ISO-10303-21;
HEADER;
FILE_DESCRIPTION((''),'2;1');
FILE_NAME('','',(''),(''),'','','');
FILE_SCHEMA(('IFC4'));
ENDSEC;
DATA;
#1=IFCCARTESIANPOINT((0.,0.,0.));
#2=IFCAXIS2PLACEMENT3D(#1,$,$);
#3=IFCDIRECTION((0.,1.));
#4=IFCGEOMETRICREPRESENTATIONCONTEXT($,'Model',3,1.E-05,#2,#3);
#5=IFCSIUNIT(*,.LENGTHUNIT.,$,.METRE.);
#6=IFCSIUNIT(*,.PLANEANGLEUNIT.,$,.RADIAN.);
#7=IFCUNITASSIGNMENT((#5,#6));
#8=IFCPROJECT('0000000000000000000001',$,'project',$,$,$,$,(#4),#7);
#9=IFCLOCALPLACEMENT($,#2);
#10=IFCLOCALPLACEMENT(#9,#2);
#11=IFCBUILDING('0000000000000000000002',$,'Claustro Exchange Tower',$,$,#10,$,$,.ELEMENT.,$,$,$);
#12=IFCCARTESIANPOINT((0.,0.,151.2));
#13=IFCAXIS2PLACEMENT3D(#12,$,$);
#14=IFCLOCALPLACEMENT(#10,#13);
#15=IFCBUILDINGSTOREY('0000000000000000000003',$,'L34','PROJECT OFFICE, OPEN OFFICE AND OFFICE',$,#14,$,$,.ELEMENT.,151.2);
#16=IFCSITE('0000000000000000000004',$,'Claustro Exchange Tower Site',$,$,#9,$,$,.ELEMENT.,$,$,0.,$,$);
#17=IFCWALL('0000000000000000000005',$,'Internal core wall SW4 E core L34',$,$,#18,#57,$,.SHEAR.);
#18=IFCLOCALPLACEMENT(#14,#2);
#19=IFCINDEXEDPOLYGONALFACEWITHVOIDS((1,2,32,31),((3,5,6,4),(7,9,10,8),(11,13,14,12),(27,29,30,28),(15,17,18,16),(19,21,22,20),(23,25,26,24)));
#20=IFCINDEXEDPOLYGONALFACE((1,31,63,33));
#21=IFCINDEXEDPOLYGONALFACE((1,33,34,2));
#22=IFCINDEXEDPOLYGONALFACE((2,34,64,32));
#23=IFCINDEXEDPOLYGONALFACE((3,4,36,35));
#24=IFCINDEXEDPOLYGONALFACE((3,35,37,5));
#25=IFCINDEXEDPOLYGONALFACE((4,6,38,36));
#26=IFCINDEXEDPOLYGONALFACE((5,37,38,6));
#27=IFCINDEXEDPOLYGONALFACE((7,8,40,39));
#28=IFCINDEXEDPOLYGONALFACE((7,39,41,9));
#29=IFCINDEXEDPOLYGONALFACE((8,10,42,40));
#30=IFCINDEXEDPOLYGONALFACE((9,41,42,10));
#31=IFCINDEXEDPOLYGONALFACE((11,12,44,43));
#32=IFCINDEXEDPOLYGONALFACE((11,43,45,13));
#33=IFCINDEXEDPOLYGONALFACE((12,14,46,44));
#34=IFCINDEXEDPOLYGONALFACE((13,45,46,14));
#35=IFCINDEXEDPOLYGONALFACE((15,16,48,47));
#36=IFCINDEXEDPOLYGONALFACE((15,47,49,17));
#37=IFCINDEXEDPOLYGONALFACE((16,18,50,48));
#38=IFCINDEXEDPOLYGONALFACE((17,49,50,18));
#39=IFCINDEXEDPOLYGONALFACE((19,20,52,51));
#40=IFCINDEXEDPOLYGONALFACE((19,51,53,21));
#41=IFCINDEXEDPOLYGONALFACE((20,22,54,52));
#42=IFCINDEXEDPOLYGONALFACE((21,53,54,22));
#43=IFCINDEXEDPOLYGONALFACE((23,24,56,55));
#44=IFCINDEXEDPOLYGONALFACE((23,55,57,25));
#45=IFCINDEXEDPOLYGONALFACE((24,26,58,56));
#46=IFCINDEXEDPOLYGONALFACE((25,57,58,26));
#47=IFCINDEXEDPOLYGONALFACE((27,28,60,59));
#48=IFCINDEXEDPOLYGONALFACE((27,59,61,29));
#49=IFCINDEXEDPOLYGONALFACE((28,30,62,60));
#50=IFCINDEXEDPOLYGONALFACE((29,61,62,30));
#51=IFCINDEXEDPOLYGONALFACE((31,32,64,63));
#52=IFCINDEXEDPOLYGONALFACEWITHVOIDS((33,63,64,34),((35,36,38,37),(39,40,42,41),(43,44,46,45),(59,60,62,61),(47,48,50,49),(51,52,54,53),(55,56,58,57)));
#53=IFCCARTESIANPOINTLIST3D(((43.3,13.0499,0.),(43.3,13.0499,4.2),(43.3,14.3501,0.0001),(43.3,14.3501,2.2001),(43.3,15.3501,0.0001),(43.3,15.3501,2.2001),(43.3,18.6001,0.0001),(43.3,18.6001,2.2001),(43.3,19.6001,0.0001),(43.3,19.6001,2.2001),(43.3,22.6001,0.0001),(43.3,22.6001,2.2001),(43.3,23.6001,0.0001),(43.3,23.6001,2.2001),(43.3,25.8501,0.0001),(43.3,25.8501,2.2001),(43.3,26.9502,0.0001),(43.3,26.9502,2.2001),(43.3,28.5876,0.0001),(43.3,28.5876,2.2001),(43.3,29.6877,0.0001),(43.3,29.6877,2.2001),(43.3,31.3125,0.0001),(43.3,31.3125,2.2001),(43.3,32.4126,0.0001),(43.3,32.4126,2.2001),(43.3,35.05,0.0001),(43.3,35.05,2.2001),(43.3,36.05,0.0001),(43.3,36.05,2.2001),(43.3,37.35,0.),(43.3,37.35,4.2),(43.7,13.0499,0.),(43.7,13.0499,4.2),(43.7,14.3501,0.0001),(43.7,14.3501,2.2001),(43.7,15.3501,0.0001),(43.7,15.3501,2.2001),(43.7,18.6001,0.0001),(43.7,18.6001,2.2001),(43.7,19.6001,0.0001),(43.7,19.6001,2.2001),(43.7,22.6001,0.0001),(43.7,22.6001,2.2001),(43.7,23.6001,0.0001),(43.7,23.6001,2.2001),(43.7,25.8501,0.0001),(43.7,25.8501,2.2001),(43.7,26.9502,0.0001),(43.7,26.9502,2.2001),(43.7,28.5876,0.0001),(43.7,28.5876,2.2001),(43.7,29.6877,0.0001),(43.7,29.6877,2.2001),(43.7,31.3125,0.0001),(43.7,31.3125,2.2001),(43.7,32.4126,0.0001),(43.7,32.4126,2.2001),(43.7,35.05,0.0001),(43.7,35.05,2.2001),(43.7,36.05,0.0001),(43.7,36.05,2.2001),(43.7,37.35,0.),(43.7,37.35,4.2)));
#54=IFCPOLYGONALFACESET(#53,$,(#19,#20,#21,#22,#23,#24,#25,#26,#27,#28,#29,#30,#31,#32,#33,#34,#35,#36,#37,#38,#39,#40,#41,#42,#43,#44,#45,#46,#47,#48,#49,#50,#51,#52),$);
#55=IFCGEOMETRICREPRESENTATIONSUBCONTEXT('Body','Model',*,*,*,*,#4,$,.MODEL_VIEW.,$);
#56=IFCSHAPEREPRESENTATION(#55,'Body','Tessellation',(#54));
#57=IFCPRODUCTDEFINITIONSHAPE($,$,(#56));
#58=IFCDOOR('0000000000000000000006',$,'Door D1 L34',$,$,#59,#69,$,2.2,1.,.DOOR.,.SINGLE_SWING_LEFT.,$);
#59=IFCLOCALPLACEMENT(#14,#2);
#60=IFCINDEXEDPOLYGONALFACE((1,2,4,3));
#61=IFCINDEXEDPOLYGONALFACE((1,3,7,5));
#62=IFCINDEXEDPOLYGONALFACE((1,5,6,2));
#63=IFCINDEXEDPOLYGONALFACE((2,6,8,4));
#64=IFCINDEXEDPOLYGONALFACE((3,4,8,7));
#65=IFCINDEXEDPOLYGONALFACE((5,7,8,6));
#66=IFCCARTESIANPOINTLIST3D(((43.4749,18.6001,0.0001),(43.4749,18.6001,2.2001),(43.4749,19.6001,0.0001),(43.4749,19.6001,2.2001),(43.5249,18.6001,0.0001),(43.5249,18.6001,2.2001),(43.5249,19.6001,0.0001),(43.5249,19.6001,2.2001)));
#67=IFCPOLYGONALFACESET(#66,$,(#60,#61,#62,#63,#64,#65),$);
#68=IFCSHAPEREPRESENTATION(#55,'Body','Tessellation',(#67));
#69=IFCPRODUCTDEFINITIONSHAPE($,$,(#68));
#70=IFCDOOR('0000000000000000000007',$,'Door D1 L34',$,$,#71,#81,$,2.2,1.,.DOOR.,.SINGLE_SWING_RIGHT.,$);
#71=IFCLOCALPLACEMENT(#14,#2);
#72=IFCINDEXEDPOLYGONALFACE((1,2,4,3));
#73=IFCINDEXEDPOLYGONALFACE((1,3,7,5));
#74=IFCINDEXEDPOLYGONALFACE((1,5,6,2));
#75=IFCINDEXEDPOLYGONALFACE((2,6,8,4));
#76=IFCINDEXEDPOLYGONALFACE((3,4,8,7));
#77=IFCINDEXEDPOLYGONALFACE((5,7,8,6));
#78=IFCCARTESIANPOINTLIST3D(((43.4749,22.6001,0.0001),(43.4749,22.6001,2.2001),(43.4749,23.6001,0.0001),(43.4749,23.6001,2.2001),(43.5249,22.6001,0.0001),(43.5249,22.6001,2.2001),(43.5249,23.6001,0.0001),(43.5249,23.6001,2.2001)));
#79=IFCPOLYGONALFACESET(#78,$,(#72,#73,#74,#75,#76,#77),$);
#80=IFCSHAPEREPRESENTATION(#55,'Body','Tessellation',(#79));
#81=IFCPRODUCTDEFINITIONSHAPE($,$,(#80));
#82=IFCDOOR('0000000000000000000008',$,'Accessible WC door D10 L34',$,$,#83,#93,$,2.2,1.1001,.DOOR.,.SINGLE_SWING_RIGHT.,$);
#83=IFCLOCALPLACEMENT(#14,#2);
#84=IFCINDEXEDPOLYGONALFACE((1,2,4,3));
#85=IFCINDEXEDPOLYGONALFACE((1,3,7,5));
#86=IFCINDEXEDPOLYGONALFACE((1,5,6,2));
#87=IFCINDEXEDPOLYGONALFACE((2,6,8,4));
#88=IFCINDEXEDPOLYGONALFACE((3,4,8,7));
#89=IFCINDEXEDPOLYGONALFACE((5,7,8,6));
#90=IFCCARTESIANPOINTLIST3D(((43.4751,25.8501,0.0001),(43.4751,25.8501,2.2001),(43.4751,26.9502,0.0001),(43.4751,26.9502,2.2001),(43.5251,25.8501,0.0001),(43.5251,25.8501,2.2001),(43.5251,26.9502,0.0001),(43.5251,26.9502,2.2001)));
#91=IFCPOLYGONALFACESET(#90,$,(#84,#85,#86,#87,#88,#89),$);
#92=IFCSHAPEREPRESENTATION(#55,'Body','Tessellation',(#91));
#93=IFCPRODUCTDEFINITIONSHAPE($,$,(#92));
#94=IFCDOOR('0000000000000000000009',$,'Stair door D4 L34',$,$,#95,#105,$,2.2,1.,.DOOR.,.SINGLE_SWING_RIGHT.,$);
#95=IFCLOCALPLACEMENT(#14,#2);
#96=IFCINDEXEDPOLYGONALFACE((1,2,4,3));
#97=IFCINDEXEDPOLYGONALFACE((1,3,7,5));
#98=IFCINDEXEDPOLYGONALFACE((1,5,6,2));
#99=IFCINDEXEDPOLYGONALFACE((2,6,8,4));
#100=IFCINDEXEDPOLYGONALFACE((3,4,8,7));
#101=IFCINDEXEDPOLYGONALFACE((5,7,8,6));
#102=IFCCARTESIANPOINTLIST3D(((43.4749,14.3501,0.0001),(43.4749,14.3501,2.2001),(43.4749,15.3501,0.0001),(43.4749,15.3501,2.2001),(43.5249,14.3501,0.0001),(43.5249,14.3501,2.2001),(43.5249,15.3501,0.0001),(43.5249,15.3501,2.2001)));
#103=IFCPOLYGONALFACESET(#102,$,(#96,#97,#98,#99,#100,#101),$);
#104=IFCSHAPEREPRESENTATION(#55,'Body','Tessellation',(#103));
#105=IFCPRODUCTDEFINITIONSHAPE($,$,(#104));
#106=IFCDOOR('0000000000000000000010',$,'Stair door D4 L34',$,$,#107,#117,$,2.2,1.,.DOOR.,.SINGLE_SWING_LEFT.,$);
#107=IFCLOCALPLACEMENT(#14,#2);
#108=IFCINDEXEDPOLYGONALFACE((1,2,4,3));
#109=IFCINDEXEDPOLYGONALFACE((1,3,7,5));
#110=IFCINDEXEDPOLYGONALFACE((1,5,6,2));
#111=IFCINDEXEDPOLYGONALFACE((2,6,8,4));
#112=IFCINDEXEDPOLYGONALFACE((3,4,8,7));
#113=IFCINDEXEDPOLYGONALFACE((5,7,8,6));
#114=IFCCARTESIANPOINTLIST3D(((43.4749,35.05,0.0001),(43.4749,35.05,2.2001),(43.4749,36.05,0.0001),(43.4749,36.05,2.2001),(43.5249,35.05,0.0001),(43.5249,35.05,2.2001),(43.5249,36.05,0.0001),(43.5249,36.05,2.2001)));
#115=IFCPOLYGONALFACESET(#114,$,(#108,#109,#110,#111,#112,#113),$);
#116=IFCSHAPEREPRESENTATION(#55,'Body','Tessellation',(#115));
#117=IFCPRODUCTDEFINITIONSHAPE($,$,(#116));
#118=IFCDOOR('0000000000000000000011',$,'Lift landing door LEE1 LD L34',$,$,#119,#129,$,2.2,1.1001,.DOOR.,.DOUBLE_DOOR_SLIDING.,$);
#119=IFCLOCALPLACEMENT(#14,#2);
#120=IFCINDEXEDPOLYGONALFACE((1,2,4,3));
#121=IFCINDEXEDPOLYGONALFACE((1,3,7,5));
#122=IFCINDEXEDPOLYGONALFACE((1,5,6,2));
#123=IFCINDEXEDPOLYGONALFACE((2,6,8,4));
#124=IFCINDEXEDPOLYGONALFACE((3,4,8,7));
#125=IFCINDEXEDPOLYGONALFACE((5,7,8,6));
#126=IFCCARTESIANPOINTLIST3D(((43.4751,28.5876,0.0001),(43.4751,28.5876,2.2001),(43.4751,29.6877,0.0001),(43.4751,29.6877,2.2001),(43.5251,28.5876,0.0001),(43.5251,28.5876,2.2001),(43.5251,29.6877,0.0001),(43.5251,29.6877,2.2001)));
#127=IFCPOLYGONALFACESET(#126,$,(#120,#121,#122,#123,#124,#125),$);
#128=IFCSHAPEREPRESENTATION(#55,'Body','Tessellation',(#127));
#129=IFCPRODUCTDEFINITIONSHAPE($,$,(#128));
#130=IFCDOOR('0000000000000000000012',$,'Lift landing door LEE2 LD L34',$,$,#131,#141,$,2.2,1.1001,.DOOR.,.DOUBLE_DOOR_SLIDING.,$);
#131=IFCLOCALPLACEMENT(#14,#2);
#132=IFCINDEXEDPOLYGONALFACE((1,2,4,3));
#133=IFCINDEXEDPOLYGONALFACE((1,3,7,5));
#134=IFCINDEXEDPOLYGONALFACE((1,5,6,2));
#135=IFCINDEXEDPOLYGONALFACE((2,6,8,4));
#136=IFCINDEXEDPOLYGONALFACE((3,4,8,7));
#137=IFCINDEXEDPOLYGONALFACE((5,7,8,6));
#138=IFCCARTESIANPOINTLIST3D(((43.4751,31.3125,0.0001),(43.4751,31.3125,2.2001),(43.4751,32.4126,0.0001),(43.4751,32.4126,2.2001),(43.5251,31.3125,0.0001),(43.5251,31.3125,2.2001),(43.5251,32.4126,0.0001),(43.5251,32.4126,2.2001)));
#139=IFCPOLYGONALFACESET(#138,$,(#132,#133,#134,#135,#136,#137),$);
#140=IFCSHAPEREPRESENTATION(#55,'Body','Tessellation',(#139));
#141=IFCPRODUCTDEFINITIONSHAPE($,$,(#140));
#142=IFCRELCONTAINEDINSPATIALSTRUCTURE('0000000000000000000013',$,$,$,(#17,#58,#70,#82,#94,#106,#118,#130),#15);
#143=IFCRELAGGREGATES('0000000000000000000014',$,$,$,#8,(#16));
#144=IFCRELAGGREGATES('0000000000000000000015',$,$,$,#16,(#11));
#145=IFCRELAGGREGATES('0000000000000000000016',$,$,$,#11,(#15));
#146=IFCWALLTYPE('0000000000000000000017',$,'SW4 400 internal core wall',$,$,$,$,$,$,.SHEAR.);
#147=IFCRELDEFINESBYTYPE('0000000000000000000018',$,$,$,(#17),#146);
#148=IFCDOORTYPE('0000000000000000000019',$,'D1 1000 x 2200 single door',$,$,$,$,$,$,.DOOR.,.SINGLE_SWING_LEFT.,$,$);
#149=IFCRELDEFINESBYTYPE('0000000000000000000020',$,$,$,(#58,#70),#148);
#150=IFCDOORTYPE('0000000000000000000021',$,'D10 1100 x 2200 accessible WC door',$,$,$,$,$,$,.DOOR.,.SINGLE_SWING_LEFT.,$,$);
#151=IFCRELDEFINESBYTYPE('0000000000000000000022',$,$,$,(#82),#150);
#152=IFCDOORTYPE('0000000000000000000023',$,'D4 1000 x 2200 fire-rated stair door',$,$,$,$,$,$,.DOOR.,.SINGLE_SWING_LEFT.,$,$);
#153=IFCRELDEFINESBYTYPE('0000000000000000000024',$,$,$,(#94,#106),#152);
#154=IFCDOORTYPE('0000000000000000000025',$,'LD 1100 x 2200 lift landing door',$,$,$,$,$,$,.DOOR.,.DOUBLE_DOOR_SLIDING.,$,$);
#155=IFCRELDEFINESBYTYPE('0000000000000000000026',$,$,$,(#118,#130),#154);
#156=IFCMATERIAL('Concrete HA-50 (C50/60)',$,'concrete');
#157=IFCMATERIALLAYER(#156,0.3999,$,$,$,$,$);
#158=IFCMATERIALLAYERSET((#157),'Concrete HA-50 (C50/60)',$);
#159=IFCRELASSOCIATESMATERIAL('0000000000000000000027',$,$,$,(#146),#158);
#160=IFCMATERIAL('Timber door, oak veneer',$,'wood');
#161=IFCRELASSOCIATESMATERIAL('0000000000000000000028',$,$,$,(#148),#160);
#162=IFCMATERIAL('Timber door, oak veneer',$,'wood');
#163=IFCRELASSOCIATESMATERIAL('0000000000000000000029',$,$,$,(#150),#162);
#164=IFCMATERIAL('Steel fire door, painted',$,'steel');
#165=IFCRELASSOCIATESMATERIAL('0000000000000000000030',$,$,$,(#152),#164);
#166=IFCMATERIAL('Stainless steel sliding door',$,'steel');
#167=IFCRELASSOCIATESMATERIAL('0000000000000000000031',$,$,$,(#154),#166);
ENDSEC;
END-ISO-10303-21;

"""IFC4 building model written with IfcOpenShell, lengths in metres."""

from ifc_helpers import new_model, si_unit, direction, frame, frame_2d, origin, place, context, subcontext, project, spatial, rectangle, extrude, material, layer, layer_set, type_object, element, fill, save


model = new_model("IFC4")

# Units and contexts
model_context = context("Model", 3, precision=1e-05, world=origin(), true_north=direction((0.0, 1.0)))
body_context = subcontext(model_context, "Body", "Model", "MODEL_VIEW")
ifc_project = project(units=[si_unit("LENGTHUNIT", "METRE"), si_unit("PLANEANGLEUNIT", "RADIAN")], contexts=[model_context])

# Site, building, storey
site_placement = place(None, origin())
site = spatial("IfcSite", under=ifc_project, at=site_placement, Name="Claustro Exchange Tower Site", CompositionType="ELEMENT", RefElevation=0.0)
building_placement = place(site_placement, origin())
building = spatial("IfcBuilding", under=site, at=building_placement, Name="Claustro Exchange Tower", CompositionType="ELEMENT")
storey_placement = place(building_placement, frame((0.0, 0.0, 151.2)))
storey = spatial("IfcBuildingStorey", under=building, at=storey_placement, Name="L34", Description="PROJECT OFFICE, OPEN OFFICE AND OFFICE", CompositionType="ELEMENT", Elevation=151.2)

# Wall, openings, doors
ifc_material_1 = material(Name="Concrete HA-50 (C50/60)", Category="concrete")
ifc_layer_1 = layer(ifc_material_1, 0.3999)
ifc_layer_set_1 = layer_set([ifc_layer_1], Name="Concrete HA-50 (C50/60)")
wall_type_1 = type_object("IfcWallType", Name="SW4 400 internal core wall", PredefinedType="SHEAR", material=ifc_layer_set_1)
wall_1_placement = place(storey_placement, frame((43.5, 13.05, 0.0), z_axis=(0.0, 0.0, 1.0), x_axis=(0.0, 1.0, 0.0)))
wall_1 = element("IfcWall", 1, at=wall_1_placement, inside=storey, type_object=wall_type_1, Name="Internal core wall SW4 E core L34", PredefinedType="SHEAR", context=body_context, shape_type="SweptSolid", body=[
    extrude(rectangle(XDim=24.3, YDim=0.3999, at=frame_2d((12.1499, 0.0))), origin(), (0.0, 0.0, 1.0), 4.2),
])
opening_1_placement = place(wall_1_placement, frame((1.3, 0.0, 0.0)))
opening_1 = element("IfcOpeningElement", 2, at=opening_1_placement, cuts=wall_1, PredefinedType="OPENING", context=body_context, shape_type="SweptSolid", body=[
    extrude(rectangle(XDim=1.0, YDim=2.2, at=frame_2d((0.5, 1.1001))), frame((0.0, 0.21, 0.0), z_axis=(0.0, -1.0, 0.0), x_axis=(1.0, 0.0, 0.0)), (0.0, 0.0, 1.0), 0.4199),
])
opening_2_placement = place(wall_1_placement, frame((22.0, 0.0, 0.0)))
opening_2 = element("IfcOpeningElement", 3, at=opening_2_placement, cuts=wall_1, PredefinedType="OPENING", context=body_context, shape_type="SweptSolid", body=[
    extrude(rectangle(XDim=1.0, YDim=2.2, at=frame_2d((0.5, 1.1001))), frame((0.0, 0.21, 0.0), z_axis=(0.0, -1.0, 0.0), x_axis=(1.0, 0.0, 0.0)), (0.0, 0.0, 1.0), 0.4199),
])
opening_3_placement = place(wall_1_placement, frame((5.55, 0.0, 0.0)))
opening_3 = element("IfcOpeningElement", 4, at=opening_3_placement, cuts=wall_1, PredefinedType="OPENING", context=body_context, shape_type="SweptSolid", body=[
    extrude(rectangle(XDim=1.0, YDim=2.2, at=frame_2d((0.5, 1.1001))), frame((0.0, 0.21, 0.0), z_axis=(0.0, -1.0, 0.0), x_axis=(1.0, 0.0, 0.0)), (0.0, 0.0, 1.0), 0.4199),
])
opening_4_placement = place(wall_1_placement, frame((9.55, 0.0, 0.0)))
opening_4 = element("IfcOpeningElement", 5, at=opening_4_placement, cuts=wall_1, PredefinedType="OPENING", context=body_context, shape_type="SweptSolid", body=[
    extrude(rectangle(XDim=1.0, YDim=2.2, at=frame_2d((0.5, 1.1001))), frame((0.0, 0.21, 0.0), z_axis=(0.0, -1.0, 0.0), x_axis=(1.0, 0.0, 0.0)), (0.0, 0.0, 1.0), 0.4199),
])
opening_5_placement = place(wall_1_placement, frame((12.8, 0.0, 0.0)))
opening_5 = element("IfcOpeningElement", 6, at=opening_5_placement, cuts=wall_1, PredefinedType="OPENING", context=body_context, shape_type="SweptSolid", body=[
    extrude(rectangle(XDim=1.1001, YDim=2.2, at=frame_2d((0.55, 1.1001))), frame((0.0, 0.21, 0.0), z_axis=(0.0, -1.0, 0.0), x_axis=(1.0, 0.0, 0.0)), (0.0, 0.0, 1.0), 0.4199),
])
opening_6_placement = place(wall_1_placement, frame((15.5376, 0.0, 0.0)))
opening_6 = element("IfcOpeningElement", 7, at=opening_6_placement, cuts=wall_1, PredefinedType="OPENING", context=body_context, shape_type="SweptSolid", body=[
    extrude(rectangle(XDim=1.1001, YDim=2.2, at=frame_2d((0.55, 1.1001))), frame((0.0, 0.21, 0.0), z_axis=(0.0, -1.0, 0.0), x_axis=(1.0, 0.0, 0.0)), (0.0, 0.0, 1.0), 0.4199),
])
opening_7_placement = place(wall_1_placement, frame((18.2625, 0.0, 0.0)))
opening_7 = element("IfcOpeningElement", 8, at=opening_7_placement, cuts=wall_1, PredefinedType="OPENING", context=body_context, shape_type="SweptSolid", body=[
    extrude(rectangle(XDim=1.1001, YDim=2.2, at=frame_2d((0.55, 1.1001))), frame((0.0, 0.21, 0.0), z_axis=(0.0, -1.0, 0.0), x_axis=(1.0, 0.0, 0.0)), (0.0, 0.0, 1.0), 0.4199),
])
ifc_material_2 = material(Name="Timber door, oak veneer", Category="wood")
door_type_1 = type_object("IfcDoorType", Name="D1 1000 x 2200 single door", OperationType="SINGLE_SWING_LEFT", PredefinedType="DOOR", material=ifc_material_2)
door_1_placement = place(opening_3_placement, frame((1.0, 0.0, 0.0), z_axis=(0.0, 0.0, 1.0), x_axis=(-1.0, 0.0, 0.0)))
door_1 = element("IfcDoor", 9, at=door_1_placement, inside=storey, type_object=door_type_1, Name="Door D1 L34", OperationType="SINGLE_SWING_LEFT", OverallHeight=2.2, OverallWidth=1.0, PredefinedType="DOOR", context=body_context, shape_type="SweptSolid", body=[
    extrude(rectangle(XDim=1.0, YDim=2.2, at=frame_2d((0.5, 1.1001))), frame((0.0, 0.0249, 0.0), z_axis=(0.0, -1.0, 0.0), x_axis=(1.0, 0.0, 0.0)), (0.0, 0.0, 1.0), 0.05),
])
fill(opening_3, door_1)
door_2_placement = place(opening_4_placement, frame((1.0, 0.0, 0.0), z_axis=(0.0, 0.0, 1.0), x_axis=(-1.0, 0.0, 0.0)))
door_2 = element("IfcDoor", 10, at=door_2_placement, inside=storey, type_object=door_type_1, Name="Door D1 L34", OperationType="SINGLE_SWING_RIGHT", OverallHeight=2.2, OverallWidth=1.0, PredefinedType="DOOR", context=body_context, shape_type="SweptSolid", body=[
    extrude(rectangle(XDim=1.0, YDim=2.2, at=frame_2d((0.5, 1.1001))), frame((0.0, 0.0249, 0.0), z_axis=(0.0, -1.0, 0.0), x_axis=(1.0, 0.0, 0.0)), (0.0, 0.0, 1.0), 0.05),
])
fill(opening_4, door_2)
ifc_material_3 = material(Name="Timber door, oak veneer", Category="wood")
door_type_2 = type_object("IfcDoorType", Name="D10 1100 x 2200 accessible WC door", OperationType="SINGLE_SWING_LEFT", PredefinedType="DOOR", material=ifc_material_3)
door_3_placement = place(opening_5_placement, origin())
door_3 = element("IfcDoor", 11, at=door_3_placement, inside=storey, type_object=door_type_2, Name="Accessible WC door D10 L34", OperationType="SINGLE_SWING_RIGHT", OverallHeight=2.2, OverallWidth=1.1001, PredefinedType="DOOR", context=body_context, shape_type="SweptSolid", body=[
    extrude(rectangle(XDim=1.1001, YDim=2.2, at=frame_2d((0.55, 1.1001))), frame((0.0, 0.0249, 0.0), z_axis=(0.0, -1.0, 0.0), x_axis=(1.0, 0.0, 0.0)), (0.0, 0.0, 1.0), 0.05),
])
fill(opening_5, door_3)
ifc_material_4 = material(Name="Steel fire door, painted", Category="steel")
door_type_3 = type_object("IfcDoorType", Name="D4 1000 x 2200 fire-rated stair door", OperationType="SINGLE_SWING_LEFT", PredefinedType="DOOR", material=ifc_material_4)
door_4_placement = place(opening_1_placement, frame((1.0, 0.0, 0.0), z_axis=(0.0, 0.0, 1.0), x_axis=(-1.0, 0.0, 0.0)))
door_4 = element("IfcDoor", 12, at=door_4_placement, inside=storey, type_object=door_type_3, Name="Stair door D4 L34", OperationType="SINGLE_SWING_RIGHT", OverallHeight=2.2, OverallWidth=1.0, PredefinedType="DOOR", context=body_context, shape_type="SweptSolid", body=[
    extrude(rectangle(XDim=1.0, YDim=2.2, at=frame_2d((0.5, 1.1001))), frame((0.0, 0.0249, 0.0), z_axis=(0.0, -1.0, 0.0), x_axis=(1.0, 0.0, 0.0)), (0.0, 0.0, 1.0), 0.05),
])
fill(opening_1, door_4)
door_5_placement = place(opening_2_placement, frame((1.0, 0.0, 0.0), z_axis=(0.0, 0.0, 1.0), x_axis=(-1.0, 0.0, 0.0)))
door_5 = element("IfcDoor", 13, at=door_5_placement, inside=storey, type_object=door_type_3, Name="Stair door D4 L34", OperationType="SINGLE_SWING_LEFT", OverallHeight=2.2, OverallWidth=1.0, PredefinedType="DOOR", context=body_context, shape_type="SweptSolid", body=[
    extrude(rectangle(XDim=1.0, YDim=2.2, at=frame_2d((0.5, 1.1001))), frame((0.0, 0.0249, 0.0), z_axis=(0.0, -1.0, 0.0), x_axis=(1.0, 0.0, 0.0)), (0.0, 0.0, 1.0), 0.05),
])
fill(opening_2, door_5)
ifc_material_5 = material(Name="Stainless steel sliding door", Category="steel")
door_type_4 = type_object("IfcDoorType", Name="LD 1100 x 2200 lift landing door", OperationType="DOUBLE_DOOR_SLIDING", PredefinedType="DOOR", material=ifc_material_5)
door_6_placement = place(opening_6_placement, origin())
door_6 = element("IfcDoor", 14, at=door_6_placement, inside=storey, type_object=door_type_4, Name="Lift landing door LEE1 LD L34", OperationType="DOUBLE_DOOR_SLIDING", OverallHeight=2.2, OverallWidth=1.1001, PredefinedType="DOOR", context=body_context, shape_type="SweptSolid", body=[
    extrude(rectangle(XDim=1.1001, YDim=2.2, at=frame_2d((0.55, 1.1001))), frame((0.0, 0.0249, 0.0), z_axis=(0.0, -1.0, 0.0), x_axis=(1.0, 0.0, 0.0)), (0.0, 0.0, 1.0), 0.05),
])
fill(opening_6, door_6)
door_7_placement = place(opening_7_placement, origin())
door_7 = element("IfcDoor", 15, at=door_7_placement, inside=storey, type_object=door_type_4, Name="Lift landing door LEE2 LD L34", OperationType="DOUBLE_DOOR_SLIDING", OverallHeight=2.2, OverallWidth=1.1001, PredefinedType="DOOR", context=body_context, shape_type="SweptSolid", body=[
    extrude(rectangle(XDim=1.1001, YDim=2.2, at=frame_2d((0.55, 1.1001))), frame((0.0, 0.0249, 0.0), z_axis=(0.0, -1.0, 0.0), x_axis=(1.0, 0.0, 0.0)), (0.0, 0.0, 1.0), 0.05),
])
fill(opening_7, door_7)

save(model, "model.ifc")
